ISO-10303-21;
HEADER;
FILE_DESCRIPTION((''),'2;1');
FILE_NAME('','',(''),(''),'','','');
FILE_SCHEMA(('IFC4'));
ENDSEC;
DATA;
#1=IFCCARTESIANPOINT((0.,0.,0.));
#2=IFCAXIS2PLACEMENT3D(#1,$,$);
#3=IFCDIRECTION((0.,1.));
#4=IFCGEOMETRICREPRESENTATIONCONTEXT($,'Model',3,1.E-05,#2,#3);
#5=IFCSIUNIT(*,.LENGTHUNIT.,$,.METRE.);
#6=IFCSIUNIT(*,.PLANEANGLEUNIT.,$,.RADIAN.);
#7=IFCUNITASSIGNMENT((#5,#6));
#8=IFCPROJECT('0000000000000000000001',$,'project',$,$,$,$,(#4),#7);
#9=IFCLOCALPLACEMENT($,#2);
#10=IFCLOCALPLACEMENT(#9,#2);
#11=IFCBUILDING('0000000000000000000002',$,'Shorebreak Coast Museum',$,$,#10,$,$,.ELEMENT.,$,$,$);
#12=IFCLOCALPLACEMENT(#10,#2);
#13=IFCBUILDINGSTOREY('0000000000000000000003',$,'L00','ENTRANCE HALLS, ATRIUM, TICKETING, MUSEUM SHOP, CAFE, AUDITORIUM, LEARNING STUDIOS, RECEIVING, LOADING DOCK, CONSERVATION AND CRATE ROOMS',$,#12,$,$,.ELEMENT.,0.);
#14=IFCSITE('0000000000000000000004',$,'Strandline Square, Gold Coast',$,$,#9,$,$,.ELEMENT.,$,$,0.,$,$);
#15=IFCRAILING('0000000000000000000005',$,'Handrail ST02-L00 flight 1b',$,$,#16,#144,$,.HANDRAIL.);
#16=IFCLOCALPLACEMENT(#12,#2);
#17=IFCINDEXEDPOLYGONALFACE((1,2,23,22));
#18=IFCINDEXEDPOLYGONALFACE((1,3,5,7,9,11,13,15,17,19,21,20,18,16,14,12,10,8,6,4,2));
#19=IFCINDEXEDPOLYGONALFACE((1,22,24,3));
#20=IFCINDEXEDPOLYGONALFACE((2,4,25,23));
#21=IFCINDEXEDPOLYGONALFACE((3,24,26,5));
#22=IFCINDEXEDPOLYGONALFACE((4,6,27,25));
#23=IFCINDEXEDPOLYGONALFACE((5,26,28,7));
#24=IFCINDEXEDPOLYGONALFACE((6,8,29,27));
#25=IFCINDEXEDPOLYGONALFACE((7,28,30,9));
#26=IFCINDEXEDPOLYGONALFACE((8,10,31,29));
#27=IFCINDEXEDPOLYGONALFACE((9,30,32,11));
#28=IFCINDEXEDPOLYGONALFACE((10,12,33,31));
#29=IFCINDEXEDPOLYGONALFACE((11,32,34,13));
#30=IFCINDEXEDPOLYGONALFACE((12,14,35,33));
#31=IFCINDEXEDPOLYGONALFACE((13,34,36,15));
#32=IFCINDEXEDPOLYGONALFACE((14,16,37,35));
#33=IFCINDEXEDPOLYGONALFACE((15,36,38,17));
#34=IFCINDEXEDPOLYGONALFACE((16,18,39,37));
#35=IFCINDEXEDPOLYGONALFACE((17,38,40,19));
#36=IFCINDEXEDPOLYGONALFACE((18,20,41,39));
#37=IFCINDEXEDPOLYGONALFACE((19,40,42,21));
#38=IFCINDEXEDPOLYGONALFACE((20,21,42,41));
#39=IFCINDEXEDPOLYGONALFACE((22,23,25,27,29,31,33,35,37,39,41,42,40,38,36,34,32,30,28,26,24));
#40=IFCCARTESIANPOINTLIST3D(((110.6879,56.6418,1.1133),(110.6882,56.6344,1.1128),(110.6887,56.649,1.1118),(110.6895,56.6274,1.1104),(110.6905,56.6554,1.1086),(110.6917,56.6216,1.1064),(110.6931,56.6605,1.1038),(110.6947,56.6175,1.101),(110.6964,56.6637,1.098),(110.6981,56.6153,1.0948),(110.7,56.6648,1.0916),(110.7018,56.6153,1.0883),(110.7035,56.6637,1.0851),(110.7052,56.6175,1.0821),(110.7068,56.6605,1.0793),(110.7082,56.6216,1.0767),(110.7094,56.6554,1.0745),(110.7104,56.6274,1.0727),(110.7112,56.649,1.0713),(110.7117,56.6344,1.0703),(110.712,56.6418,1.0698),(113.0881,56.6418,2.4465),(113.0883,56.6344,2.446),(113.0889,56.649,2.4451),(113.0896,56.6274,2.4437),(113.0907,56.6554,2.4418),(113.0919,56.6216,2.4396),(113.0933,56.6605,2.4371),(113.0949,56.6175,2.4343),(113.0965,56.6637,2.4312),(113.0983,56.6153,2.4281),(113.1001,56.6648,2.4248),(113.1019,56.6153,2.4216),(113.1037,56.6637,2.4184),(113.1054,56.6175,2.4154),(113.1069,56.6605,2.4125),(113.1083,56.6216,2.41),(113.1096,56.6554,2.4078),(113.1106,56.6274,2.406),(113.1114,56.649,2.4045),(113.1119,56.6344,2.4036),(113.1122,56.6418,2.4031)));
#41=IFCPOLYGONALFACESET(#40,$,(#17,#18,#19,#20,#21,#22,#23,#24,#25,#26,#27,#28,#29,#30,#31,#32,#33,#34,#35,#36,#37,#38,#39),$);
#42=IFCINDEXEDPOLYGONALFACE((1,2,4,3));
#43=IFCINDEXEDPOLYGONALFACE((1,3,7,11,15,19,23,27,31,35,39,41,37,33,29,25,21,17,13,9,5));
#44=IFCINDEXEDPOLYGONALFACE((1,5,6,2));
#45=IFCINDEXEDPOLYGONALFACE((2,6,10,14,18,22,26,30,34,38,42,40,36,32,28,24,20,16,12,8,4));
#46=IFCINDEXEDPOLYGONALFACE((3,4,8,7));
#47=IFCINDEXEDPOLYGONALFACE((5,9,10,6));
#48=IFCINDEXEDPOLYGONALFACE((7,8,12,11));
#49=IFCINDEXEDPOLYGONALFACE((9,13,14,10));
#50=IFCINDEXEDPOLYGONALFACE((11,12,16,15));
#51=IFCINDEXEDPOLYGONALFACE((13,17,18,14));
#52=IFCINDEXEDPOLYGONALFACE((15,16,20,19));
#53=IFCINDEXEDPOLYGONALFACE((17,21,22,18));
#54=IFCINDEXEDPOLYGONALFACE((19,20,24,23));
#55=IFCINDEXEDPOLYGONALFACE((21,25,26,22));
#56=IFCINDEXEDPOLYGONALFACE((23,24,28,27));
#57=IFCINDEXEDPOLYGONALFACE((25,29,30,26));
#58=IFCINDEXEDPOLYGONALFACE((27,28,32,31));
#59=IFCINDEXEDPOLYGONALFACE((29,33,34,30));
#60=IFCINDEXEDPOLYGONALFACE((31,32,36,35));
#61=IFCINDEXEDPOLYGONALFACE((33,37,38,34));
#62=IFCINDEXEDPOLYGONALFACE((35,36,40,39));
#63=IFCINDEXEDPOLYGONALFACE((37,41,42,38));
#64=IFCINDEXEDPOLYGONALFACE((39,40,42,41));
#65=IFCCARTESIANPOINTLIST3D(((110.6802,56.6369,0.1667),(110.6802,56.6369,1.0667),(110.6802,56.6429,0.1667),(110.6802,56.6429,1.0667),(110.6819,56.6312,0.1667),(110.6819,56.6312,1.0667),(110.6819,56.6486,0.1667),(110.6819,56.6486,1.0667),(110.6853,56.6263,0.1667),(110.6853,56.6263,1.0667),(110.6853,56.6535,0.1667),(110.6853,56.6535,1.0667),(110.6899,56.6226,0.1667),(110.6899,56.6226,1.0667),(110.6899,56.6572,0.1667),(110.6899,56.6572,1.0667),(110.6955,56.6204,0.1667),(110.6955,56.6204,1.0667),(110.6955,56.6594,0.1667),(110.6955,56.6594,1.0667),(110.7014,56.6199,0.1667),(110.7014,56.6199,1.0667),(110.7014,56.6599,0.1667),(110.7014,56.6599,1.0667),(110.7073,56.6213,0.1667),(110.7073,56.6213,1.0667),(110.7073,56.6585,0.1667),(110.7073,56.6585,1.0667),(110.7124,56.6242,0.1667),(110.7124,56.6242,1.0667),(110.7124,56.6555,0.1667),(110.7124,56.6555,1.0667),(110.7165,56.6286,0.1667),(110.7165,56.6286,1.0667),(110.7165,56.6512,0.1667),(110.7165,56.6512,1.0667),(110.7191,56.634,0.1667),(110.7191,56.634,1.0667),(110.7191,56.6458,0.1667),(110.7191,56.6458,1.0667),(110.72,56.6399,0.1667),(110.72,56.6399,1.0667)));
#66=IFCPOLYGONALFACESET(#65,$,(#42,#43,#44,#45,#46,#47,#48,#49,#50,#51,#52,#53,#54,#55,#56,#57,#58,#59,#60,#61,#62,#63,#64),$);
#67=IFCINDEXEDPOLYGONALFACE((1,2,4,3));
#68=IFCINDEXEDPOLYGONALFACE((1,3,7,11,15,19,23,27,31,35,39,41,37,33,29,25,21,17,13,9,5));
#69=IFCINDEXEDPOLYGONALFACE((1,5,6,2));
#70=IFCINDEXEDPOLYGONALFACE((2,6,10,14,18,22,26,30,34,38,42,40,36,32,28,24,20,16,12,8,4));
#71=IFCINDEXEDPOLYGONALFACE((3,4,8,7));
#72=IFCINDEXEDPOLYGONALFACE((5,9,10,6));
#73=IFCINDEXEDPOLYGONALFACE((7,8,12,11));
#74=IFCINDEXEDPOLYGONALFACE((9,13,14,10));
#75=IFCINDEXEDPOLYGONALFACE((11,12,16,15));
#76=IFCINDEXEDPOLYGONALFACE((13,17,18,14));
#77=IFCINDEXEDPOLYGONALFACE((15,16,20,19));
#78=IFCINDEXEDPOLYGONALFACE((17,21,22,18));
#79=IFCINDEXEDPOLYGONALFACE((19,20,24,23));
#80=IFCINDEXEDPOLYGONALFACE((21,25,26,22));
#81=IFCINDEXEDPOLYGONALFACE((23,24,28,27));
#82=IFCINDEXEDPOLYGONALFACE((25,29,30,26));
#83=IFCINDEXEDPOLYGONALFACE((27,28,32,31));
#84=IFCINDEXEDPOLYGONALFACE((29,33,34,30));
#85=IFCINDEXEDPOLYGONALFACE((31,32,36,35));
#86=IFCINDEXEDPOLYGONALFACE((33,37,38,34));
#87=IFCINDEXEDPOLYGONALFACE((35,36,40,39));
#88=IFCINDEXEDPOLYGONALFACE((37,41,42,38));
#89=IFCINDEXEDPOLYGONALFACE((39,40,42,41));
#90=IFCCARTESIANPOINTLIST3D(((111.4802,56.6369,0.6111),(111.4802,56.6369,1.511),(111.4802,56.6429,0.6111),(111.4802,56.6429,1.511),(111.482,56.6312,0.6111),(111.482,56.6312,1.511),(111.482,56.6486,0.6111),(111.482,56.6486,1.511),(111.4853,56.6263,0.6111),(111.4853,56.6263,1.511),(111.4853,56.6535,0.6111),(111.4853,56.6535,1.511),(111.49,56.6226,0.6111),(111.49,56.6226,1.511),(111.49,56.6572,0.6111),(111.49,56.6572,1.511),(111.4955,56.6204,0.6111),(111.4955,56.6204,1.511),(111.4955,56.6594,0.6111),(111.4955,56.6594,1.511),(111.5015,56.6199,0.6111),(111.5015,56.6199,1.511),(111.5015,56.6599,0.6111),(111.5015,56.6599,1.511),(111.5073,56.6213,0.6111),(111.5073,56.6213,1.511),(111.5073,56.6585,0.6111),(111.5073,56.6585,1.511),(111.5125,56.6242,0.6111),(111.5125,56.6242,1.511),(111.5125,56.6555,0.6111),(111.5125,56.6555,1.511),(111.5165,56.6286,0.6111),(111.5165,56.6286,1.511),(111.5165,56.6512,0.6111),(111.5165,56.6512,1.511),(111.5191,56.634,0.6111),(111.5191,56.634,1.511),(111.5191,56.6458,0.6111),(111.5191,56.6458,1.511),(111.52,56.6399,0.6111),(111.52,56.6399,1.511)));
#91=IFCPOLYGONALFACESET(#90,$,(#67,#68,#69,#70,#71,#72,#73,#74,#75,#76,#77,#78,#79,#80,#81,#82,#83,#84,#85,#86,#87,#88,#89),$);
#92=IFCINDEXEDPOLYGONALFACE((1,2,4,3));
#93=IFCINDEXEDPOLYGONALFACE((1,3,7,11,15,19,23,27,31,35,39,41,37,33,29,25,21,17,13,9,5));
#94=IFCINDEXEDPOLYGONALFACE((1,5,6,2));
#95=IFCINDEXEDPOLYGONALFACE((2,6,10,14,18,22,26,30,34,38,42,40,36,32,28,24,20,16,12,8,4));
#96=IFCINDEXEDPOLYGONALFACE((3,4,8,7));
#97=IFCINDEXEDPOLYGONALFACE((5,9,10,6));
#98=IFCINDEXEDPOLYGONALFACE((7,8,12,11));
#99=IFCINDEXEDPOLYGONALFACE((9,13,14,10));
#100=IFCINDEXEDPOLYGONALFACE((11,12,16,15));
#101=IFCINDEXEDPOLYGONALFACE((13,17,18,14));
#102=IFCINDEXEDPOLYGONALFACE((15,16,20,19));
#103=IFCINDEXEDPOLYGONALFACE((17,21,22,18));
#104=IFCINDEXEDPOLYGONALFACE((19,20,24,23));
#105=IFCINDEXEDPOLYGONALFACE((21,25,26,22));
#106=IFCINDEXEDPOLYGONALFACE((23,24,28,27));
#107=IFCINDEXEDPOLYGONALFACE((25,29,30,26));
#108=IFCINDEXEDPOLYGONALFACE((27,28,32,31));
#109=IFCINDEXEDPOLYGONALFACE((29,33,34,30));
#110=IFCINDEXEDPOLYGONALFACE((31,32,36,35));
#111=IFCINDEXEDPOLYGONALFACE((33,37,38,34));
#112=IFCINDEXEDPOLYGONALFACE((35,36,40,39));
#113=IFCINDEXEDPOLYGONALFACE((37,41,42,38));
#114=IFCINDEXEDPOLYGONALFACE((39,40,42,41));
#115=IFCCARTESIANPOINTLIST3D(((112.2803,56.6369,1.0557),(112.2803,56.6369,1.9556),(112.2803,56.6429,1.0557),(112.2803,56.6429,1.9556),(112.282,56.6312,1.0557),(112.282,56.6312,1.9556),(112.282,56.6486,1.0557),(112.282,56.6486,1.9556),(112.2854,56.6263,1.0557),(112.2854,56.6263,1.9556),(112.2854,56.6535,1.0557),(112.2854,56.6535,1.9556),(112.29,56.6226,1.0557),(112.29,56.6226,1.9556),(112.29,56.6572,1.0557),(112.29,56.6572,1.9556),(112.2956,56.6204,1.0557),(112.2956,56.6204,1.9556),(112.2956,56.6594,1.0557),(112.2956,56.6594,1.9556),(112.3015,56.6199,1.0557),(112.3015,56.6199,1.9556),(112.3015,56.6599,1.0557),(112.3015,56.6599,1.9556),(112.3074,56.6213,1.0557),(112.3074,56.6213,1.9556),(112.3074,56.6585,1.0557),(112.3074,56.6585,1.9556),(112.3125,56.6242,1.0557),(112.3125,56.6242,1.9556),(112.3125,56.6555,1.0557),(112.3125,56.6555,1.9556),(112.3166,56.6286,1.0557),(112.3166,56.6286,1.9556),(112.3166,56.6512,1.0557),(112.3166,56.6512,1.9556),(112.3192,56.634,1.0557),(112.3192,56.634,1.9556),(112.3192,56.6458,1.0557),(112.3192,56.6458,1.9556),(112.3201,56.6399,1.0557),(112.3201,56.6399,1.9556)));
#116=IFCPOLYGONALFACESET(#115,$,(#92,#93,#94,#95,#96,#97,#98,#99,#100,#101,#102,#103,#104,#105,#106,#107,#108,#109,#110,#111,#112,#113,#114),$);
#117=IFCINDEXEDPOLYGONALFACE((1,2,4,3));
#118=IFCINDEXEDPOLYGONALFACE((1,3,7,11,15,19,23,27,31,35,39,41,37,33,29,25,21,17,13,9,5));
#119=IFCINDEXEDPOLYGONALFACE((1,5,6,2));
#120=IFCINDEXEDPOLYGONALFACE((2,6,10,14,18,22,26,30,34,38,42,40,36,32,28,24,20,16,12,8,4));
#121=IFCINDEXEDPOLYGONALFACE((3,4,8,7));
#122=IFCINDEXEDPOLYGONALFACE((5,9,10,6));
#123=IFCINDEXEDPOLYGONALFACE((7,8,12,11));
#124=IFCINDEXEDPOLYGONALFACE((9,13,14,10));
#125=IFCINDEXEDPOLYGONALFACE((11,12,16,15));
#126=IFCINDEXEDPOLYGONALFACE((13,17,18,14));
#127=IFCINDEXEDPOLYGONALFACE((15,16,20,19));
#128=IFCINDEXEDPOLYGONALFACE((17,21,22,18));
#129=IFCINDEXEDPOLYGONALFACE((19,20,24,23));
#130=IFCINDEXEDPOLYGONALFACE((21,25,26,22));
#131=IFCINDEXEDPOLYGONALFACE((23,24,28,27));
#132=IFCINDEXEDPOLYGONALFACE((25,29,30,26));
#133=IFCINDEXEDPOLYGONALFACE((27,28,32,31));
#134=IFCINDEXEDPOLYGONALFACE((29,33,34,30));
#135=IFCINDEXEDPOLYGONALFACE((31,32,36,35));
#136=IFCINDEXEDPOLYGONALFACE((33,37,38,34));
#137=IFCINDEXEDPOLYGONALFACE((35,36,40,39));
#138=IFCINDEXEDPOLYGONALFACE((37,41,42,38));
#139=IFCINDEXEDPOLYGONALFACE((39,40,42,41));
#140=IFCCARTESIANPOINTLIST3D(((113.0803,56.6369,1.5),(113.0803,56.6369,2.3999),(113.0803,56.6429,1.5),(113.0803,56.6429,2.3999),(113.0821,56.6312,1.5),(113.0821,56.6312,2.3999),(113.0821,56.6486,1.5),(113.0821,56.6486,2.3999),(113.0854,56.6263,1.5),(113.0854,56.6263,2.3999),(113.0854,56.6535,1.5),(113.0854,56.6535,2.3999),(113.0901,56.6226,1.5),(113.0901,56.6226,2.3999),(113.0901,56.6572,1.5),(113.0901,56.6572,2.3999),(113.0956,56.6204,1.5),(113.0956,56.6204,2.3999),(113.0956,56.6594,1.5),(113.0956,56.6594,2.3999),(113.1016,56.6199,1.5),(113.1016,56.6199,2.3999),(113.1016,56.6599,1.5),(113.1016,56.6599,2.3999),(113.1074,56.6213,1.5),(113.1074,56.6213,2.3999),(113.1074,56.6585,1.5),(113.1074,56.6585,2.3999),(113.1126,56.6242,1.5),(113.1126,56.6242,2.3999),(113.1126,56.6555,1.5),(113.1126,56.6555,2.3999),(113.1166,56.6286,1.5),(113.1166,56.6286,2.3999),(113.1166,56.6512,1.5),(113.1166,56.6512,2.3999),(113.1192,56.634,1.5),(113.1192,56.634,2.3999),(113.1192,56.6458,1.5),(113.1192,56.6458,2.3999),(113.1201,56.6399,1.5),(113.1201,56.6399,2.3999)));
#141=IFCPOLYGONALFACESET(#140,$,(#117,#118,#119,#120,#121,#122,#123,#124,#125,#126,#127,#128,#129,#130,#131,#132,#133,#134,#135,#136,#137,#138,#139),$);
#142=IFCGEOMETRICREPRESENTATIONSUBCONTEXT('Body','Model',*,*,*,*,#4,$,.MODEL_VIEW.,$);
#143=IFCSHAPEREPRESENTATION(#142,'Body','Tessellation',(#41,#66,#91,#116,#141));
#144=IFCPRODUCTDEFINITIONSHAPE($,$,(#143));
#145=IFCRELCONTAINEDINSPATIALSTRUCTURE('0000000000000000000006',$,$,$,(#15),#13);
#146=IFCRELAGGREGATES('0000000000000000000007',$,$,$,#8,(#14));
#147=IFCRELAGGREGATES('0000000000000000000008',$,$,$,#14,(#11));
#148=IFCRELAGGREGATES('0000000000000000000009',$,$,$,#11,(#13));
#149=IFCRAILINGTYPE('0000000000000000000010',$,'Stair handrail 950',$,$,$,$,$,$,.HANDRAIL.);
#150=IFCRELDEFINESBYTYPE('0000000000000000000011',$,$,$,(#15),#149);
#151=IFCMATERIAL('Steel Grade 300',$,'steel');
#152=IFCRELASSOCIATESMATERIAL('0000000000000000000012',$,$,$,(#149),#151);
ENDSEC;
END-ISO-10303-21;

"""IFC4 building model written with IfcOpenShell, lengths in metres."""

from ifc_helpers import new_model, si_unit, direction, frame, origin, origin_2d, place, context, subcontext, project, spatial, circle, extrude, material, type_object, element, save


model = new_model("IFC4")

# Units and contexts
model_context = context("Model", 3, precision=1e-05, world=origin(), true_north=direction((0.0, 1.0)))
body_context = subcontext(model_context, "Body", "Model", "MODEL_VIEW")
ifc_project = project(units=[si_unit("LENGTHUNIT", "METRE"), si_unit("PLANEANGLEUNIT", "RADIAN")], contexts=[model_context])

# Site, building, storey
site_placement = place(None, origin())
site = spatial("IfcSite", under=ifc_project, at=site_placement, Name="Strandline Square, Gold Coast", CompositionType="ELEMENT", RefElevation=0.0)
building_placement = place(site_placement, origin())
building = spatial("IfcBuilding", under=site, at=building_placement, Name="Shorebreak Coast Museum", CompositionType="ELEMENT")
storey_placement = place(building_placement, origin())
storey = spatial("IfcBuildingStorey", under=building, at=storey_placement, Name="L00", Description="ENTRANCE HALLS, ATRIUM, TICKETING, MUSEUM SHOP, CAFE, AUDITORIUM, LEARNING STUDIOS, RECEIVING, LOADING DOCK, CONSERVATION AND CRATE ROOMS", CompositionType="ELEMENT", Elevation=0.0)

# Railing
ifc_material_1 = material(Name="Steel Grade 300", Category="steel")
railing_type_1 = type_object("IfcRailingType", Name="Stair handrail 950", PredefinedType="HANDRAIL", material=ifc_material_1)
railing_1_placement = place(storey_placement, frame((110.7, 56.6399, 0.1667)))
element("IfcRailing", 1, at=railing_1_placement, inside=storey, type_object=railing_type_1, Name="Handrail ST02-L00 flight 1b", PredefinedType="HANDRAIL", context=body_context, shape_type="SweptSolid", body=[
    extrude(circle(Radius=0.0249, at=origin_2d()), frame((0.0, 0.0, 0.9248), z_axis=(0.874182, 0.0, 0.485598), x_axis=(0.0, 1.0, 0.0)), (0.0, 0.0, 1.0), 2.7456),
    extrude(circle(Radius=0.02, at=origin_2d()), origin(), (0.0, 0.0, 1.0), 0.8999),
    extrude(circle(Radius=0.02, at=origin_2d()), frame((0.8, 0.0, 0.4443)), (0.0, 0.0, 1.0), 0.8999),
    extrude(circle(Radius=0.02, at=origin_2d()), frame((1.6001, 0.0, 0.8889)), (0.0, 0.0, 1.0), 0.8999),
    extrude(circle(Radius=0.02, at=origin_2d()), frame((2.4001, 0.0, 1.3333)), (0.0, 0.0, 1.0), 0.8999),
])

save(model, "model.ifc")
